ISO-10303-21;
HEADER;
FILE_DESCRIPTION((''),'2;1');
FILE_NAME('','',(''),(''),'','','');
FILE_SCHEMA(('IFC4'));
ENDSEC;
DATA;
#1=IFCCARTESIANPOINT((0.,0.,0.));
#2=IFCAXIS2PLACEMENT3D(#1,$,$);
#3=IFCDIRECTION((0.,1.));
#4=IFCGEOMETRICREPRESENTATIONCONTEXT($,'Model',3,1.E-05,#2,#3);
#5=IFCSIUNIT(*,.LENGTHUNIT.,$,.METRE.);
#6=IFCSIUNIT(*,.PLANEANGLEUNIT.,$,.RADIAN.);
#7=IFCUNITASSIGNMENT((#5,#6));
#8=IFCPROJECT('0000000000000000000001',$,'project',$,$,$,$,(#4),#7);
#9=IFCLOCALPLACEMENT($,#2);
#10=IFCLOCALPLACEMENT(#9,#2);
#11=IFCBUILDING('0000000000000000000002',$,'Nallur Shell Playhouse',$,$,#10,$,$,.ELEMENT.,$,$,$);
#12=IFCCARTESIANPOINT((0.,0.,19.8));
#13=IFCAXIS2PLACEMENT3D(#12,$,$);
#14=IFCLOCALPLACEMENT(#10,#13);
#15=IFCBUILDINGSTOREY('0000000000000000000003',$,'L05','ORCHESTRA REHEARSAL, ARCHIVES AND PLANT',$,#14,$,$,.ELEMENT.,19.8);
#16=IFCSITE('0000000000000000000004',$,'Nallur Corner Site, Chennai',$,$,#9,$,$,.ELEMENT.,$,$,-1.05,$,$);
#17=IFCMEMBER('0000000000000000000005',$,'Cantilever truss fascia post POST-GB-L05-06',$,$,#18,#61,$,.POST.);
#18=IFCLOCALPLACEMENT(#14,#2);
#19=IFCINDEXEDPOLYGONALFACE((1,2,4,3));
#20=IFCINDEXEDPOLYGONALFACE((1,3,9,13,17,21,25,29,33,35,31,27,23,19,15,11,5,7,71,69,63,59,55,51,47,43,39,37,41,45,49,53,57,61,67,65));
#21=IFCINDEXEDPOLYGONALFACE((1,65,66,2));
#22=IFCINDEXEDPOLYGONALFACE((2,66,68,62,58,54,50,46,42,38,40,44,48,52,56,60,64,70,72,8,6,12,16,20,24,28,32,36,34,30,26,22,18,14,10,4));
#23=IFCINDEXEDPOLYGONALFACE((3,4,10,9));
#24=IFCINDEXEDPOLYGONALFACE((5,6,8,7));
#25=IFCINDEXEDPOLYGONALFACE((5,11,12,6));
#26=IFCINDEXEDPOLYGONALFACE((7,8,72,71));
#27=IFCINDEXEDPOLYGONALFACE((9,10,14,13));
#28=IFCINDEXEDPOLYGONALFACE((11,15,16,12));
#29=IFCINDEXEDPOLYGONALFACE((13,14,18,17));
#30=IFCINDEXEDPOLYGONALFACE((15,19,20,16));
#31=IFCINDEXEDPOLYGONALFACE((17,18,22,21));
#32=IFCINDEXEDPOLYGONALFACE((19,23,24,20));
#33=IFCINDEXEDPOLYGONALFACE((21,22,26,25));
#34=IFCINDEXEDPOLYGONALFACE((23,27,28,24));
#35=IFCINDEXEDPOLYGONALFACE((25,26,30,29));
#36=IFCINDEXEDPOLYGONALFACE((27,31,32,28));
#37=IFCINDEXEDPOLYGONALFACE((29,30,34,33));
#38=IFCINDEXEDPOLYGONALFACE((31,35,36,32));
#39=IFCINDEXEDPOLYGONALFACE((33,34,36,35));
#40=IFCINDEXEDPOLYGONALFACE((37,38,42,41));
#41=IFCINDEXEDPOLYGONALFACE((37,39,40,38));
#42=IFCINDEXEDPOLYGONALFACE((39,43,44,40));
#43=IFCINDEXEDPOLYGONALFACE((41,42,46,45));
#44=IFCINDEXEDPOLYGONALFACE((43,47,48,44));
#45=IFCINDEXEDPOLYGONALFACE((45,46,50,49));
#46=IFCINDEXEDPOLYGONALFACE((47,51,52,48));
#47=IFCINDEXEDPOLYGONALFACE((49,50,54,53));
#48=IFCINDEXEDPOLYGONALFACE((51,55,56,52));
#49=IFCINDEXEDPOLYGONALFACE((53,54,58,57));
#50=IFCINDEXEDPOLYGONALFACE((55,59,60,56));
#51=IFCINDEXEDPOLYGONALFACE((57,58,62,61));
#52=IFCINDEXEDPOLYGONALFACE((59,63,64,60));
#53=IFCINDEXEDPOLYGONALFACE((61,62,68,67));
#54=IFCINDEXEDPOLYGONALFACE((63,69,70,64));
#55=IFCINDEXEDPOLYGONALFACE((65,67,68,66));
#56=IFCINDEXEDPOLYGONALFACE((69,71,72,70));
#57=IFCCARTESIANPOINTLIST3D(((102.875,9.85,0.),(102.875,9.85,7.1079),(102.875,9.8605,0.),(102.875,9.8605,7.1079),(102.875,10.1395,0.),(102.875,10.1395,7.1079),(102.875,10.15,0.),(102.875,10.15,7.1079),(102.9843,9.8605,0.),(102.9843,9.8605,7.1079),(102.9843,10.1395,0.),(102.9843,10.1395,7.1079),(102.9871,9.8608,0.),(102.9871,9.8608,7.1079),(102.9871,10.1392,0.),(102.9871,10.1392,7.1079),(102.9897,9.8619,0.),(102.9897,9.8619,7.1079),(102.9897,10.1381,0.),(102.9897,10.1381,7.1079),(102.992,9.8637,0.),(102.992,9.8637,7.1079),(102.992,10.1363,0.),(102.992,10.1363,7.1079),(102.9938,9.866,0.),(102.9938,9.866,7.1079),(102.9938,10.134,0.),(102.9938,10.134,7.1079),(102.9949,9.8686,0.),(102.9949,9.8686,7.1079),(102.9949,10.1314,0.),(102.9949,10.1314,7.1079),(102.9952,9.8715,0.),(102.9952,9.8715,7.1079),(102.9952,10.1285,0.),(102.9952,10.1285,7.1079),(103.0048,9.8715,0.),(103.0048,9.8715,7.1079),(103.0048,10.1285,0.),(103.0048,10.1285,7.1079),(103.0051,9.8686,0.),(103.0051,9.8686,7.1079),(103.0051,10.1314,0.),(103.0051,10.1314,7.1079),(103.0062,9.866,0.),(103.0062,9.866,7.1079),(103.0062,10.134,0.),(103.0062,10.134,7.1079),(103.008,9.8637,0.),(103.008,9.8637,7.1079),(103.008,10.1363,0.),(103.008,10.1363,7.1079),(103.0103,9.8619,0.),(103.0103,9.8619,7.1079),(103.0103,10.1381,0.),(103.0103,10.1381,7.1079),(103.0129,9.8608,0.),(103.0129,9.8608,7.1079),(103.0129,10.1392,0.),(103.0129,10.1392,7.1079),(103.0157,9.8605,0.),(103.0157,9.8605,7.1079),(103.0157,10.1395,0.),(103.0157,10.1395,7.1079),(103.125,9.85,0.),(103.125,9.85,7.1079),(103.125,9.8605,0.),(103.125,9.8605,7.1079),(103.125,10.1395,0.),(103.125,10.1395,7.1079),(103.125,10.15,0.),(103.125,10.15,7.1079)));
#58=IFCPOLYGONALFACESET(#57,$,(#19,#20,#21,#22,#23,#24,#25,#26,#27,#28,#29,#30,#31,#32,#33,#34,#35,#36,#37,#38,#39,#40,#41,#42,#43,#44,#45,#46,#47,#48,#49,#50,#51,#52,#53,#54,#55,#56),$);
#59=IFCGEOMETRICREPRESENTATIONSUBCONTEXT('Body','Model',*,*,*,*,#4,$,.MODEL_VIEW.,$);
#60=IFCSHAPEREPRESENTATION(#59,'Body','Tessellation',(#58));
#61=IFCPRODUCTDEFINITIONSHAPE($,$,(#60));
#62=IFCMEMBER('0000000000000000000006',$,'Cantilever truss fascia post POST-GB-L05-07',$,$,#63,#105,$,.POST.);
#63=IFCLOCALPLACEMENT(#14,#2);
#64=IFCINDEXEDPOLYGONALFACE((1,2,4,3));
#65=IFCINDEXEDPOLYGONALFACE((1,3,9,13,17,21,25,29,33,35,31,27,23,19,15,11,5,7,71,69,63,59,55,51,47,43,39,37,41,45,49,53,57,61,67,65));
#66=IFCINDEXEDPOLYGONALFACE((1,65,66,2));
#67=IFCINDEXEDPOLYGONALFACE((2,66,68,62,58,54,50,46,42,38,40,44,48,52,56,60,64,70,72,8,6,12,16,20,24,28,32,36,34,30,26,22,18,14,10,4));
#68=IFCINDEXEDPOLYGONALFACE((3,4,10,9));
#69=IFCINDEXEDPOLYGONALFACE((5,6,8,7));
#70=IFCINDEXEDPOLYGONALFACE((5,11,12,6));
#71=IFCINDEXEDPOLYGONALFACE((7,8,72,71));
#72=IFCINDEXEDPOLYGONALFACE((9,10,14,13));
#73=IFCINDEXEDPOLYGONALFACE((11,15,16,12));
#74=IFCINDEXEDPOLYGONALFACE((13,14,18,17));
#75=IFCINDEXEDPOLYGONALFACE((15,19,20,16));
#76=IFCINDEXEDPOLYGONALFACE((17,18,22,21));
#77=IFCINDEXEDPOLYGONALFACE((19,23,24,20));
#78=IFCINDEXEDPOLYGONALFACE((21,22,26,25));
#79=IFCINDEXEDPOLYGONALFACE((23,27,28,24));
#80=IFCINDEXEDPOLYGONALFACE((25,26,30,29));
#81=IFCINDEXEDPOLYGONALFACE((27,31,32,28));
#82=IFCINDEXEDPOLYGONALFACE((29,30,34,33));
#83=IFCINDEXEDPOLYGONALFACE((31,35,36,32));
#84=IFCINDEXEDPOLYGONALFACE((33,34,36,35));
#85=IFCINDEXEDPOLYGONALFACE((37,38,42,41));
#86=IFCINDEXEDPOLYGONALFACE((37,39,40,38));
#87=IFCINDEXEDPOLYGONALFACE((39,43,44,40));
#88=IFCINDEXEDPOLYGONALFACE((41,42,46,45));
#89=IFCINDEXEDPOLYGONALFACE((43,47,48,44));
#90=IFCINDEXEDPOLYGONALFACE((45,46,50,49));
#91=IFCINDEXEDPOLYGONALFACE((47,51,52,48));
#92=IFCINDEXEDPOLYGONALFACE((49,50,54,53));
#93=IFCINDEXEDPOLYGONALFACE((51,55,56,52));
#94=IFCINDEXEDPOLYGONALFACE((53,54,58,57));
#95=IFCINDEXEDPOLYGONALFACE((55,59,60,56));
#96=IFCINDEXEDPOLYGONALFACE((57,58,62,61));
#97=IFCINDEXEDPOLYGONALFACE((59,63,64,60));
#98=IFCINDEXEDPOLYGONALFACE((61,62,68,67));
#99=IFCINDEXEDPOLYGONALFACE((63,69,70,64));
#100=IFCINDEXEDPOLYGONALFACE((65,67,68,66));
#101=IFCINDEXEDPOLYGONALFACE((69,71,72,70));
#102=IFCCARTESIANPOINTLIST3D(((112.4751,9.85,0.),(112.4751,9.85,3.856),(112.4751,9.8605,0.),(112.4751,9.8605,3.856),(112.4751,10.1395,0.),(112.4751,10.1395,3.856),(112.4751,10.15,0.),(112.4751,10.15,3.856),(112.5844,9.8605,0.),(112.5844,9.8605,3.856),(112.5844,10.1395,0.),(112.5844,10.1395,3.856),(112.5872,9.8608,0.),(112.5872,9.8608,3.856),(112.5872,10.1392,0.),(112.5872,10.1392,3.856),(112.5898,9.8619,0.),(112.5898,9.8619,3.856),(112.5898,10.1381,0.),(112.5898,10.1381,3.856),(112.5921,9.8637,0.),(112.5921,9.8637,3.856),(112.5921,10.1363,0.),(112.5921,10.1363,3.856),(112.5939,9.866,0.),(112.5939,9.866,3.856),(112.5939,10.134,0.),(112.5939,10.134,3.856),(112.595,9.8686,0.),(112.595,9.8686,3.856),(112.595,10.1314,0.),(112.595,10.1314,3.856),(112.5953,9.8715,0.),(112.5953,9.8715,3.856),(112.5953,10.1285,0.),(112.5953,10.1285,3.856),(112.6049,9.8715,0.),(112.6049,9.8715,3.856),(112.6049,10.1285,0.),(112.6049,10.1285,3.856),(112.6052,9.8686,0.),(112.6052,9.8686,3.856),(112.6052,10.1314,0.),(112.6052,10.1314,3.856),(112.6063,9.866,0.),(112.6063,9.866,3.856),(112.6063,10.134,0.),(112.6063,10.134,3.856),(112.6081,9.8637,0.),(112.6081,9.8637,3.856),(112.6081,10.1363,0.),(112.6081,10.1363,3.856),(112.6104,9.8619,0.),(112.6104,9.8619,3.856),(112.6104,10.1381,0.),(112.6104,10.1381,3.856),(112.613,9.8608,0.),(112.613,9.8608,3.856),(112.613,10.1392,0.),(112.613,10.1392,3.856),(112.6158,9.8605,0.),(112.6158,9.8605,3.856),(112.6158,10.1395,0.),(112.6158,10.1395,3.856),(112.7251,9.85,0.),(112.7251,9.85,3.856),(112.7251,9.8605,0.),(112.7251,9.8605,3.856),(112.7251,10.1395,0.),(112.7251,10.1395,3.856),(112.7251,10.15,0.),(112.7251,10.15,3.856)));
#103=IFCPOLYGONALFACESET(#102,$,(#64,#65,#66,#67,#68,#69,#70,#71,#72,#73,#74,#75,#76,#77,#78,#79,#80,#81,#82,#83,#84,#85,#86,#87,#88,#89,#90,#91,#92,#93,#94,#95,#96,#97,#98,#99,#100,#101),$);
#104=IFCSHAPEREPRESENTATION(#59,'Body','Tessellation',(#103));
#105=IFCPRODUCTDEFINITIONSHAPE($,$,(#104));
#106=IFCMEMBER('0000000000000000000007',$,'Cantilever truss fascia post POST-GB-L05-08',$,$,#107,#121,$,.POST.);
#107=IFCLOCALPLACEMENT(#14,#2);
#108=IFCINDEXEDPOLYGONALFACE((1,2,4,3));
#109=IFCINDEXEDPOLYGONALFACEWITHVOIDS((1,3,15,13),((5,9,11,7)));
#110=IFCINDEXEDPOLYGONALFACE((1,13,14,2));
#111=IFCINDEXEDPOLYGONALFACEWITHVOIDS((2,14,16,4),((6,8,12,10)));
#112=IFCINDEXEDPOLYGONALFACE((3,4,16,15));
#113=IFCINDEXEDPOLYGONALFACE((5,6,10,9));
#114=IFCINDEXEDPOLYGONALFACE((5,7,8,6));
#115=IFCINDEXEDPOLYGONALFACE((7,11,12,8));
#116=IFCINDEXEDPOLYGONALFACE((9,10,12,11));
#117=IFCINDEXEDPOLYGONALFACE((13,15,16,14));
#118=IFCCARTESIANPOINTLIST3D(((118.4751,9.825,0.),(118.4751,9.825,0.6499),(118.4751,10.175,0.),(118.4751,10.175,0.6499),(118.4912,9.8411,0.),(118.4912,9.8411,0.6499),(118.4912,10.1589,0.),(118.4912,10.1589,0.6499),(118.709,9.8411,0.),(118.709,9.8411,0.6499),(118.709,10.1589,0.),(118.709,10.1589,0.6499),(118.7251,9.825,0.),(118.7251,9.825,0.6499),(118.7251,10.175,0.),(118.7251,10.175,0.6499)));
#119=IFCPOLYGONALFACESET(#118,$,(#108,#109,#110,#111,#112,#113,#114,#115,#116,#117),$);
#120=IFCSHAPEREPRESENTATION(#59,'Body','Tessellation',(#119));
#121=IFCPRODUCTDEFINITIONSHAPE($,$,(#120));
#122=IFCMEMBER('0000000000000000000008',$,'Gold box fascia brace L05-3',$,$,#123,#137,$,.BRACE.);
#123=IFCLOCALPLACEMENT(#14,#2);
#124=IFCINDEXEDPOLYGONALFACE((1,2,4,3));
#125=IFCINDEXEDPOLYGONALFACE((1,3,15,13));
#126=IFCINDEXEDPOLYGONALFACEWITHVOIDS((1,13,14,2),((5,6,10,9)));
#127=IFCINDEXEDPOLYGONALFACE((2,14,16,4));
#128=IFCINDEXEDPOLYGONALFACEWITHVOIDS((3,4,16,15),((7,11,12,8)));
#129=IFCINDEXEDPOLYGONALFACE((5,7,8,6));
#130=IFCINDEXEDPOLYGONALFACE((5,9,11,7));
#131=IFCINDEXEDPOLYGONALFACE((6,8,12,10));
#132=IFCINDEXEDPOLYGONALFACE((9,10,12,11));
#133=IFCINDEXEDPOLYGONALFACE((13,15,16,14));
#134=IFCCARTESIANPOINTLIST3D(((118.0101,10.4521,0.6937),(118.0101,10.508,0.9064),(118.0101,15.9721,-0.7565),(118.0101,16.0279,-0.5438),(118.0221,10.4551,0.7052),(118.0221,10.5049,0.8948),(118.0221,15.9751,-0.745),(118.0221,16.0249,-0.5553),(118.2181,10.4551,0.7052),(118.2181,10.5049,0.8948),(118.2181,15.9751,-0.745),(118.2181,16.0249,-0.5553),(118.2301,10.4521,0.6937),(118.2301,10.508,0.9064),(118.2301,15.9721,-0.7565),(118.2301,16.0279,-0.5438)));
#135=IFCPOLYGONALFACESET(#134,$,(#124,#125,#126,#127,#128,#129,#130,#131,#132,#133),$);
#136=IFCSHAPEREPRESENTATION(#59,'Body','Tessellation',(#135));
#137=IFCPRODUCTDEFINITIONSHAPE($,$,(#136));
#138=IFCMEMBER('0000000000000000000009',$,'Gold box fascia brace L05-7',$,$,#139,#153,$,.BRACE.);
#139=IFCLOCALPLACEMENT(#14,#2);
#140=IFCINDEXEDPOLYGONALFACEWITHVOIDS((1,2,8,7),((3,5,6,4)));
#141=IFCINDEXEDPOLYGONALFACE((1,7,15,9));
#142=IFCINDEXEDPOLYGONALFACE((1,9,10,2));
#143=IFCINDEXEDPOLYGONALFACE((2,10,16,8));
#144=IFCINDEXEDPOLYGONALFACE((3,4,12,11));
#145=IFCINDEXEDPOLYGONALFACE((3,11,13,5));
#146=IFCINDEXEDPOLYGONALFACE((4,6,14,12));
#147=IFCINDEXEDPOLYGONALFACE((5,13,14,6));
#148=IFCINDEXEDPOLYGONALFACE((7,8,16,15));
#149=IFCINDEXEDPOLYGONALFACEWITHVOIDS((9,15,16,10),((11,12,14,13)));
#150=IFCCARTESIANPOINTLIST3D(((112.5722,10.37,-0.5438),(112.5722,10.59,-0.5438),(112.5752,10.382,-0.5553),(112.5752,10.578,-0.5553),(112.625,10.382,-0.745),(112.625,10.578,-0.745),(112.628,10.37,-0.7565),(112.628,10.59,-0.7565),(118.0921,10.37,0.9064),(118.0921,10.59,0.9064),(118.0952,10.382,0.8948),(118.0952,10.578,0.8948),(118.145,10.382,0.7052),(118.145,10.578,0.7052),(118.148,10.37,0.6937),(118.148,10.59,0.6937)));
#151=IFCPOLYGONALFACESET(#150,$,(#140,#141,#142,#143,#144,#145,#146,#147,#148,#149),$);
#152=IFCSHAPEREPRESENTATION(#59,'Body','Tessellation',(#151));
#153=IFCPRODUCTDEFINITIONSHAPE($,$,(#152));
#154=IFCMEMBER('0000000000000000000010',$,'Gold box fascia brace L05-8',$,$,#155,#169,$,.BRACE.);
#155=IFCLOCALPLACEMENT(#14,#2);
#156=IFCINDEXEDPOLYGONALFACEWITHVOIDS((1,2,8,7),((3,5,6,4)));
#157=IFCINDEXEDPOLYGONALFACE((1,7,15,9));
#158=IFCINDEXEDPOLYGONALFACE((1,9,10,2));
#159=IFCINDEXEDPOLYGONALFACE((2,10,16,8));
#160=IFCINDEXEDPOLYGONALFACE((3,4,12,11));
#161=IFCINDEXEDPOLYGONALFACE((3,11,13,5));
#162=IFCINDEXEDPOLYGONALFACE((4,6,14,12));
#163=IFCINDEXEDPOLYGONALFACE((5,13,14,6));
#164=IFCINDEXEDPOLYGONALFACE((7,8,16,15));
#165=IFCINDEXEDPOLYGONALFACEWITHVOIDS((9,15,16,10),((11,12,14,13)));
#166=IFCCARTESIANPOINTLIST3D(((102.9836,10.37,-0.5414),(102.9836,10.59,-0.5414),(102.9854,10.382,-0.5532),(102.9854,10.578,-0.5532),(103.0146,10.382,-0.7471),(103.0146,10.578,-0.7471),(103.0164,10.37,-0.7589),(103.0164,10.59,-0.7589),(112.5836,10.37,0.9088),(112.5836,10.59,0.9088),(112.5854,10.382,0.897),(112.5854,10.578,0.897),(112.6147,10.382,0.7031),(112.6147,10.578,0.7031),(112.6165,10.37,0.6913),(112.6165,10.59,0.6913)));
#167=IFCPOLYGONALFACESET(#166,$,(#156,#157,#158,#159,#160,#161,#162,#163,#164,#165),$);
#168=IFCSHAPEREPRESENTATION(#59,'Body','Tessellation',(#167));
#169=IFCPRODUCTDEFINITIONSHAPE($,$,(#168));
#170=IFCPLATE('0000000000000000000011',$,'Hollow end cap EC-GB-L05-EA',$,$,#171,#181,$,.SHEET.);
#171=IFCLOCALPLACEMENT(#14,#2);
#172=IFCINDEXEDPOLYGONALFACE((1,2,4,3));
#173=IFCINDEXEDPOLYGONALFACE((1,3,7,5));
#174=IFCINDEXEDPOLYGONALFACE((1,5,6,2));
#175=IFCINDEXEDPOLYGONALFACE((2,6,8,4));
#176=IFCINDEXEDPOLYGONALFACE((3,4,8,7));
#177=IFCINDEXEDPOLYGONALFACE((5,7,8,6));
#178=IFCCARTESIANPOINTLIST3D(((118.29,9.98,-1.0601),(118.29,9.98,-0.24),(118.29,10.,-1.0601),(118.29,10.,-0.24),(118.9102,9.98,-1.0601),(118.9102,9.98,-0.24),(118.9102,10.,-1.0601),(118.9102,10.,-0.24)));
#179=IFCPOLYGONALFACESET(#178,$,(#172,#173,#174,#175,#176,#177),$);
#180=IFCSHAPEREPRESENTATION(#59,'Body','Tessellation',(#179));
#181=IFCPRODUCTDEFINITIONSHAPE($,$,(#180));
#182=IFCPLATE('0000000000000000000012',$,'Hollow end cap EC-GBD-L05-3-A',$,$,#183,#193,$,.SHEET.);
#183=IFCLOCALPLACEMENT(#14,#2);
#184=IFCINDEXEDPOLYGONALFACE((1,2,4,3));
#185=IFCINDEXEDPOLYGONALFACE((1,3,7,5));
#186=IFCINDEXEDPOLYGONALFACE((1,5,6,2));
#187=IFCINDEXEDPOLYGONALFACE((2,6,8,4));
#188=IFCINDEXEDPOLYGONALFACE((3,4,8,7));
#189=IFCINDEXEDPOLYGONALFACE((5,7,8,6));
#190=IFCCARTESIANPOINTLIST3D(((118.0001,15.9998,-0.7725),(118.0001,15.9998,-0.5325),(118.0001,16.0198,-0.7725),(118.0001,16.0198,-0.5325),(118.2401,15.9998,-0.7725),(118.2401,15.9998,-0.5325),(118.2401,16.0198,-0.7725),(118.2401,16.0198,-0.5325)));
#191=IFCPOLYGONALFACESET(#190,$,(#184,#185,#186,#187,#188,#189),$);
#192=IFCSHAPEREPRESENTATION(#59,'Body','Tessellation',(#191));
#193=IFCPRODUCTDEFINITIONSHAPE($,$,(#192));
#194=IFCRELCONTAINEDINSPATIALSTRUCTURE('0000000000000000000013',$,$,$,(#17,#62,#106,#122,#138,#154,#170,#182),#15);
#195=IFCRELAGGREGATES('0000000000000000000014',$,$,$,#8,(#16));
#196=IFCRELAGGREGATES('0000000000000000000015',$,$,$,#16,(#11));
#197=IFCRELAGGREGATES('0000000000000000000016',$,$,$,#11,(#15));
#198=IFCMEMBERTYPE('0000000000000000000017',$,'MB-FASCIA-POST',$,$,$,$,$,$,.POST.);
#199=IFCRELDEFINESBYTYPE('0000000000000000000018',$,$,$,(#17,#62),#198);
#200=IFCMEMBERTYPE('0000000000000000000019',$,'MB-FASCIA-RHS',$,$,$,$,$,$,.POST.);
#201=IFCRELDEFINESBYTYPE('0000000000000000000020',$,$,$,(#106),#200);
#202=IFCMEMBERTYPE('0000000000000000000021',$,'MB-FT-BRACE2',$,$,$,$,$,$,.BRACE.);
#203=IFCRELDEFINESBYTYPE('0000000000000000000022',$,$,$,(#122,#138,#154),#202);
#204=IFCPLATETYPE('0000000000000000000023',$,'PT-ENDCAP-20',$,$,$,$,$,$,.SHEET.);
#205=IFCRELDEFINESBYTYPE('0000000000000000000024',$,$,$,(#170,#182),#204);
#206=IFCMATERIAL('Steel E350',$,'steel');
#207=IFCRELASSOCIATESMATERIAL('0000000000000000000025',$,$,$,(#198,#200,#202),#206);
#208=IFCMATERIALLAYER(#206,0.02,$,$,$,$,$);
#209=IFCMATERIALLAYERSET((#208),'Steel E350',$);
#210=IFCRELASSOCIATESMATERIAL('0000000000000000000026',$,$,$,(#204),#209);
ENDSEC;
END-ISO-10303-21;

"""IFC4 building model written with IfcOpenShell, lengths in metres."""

from ifc_helpers import new_model, si_unit, direction, frame, origin, origin_2d, place, context, subcontext, project, spatial, rectangle, hollow_rectangle, i_section, extrude, material, layer, layer_set, material_profile, profile_set, type_object, element, save


model = new_model("IFC4")

# Units and contexts
model_context = context("Model", 3, precision=1e-05, world=origin(), true_north=direction((0.0, 1.0)))
body_context = subcontext(model_context, "Body", "Model", "MODEL_VIEW")
ifc_project = project(units=[si_unit("LENGTHUNIT", "METRE"), si_unit("PLANEANGLEUNIT", "RADIAN")], contexts=[model_context])

# Site, building, storey
site_placement = place(None, origin())
site = spatial("IfcSite", under=ifc_project, at=site_placement, Name="Nallur Corner Site, Chennai", CompositionType="ELEMENT", RefElevation=-1.05)
building_placement = place(site_placement, origin())
building = spatial("IfcBuilding", under=site, at=building_placement, Name="Nallur Shell Playhouse", CompositionType="ELEMENT")
storey_placement = place(building_placement, frame((0.0, 0.0, 19.8)))
storey = spatial("IfcBuildingStorey", under=building, at=storey_placement, Name="L05", Description="ORCHESTRA REHEARSAL, ARCHIVES AND PLANT", CompositionType="ELEMENT", Elevation=19.8)

# Shared definitions
ifc_material_1 = material(Name="Steel E350", Category="steel")

# Members
ifc_material_profile_1 = material_profile(ifc_material_1, i_section(OverallWidth=0.25, OverallDepth=0.3, WebThickness=0.0095, FlangeThickness=0.0105, FilletRadius=0.011, at=origin_2d()), Name="ISHB 300")
ifc_profile_set_1 = profile_set([ifc_material_profile_1], Name="Steel E350")
member_type_1 = type_object("IfcMemberType", Name="MB-FASCIA-POST", PredefinedType="POST", material=ifc_profile_set_1)
member_1_placement = place(storey_placement, frame((103.0, 10.0, 0.0), z_axis=(0.0, 0.0, 1.0), x_axis=(1.0, 0.0, 0.0)))
element("IfcMember", 1, at=member_1_placement, inside=storey, type_object=member_type_1, Name="Cantilever truss fascia post POST-GB-L05-06", PredefinedType="POST", context=body_context, shape_type="SweptSolid", body=[
    extrude(i_section(OverallWidth=0.25, OverallDepth=0.3, WebThickness=0.0095, FlangeThickness=0.0105, FilletRadius=0.011, at=origin_2d()), origin(), (0.0, 0.0, 1.0), 7.1079),
])
member_2_placement = place(storey_placement, frame((112.6001, 10.0, 0.0), z_axis=(0.0, 0.0, 1.0), x_axis=(1.0, 0.0, 0.0)))
element("IfcMember", 2, at=member_2_placement, inside=storey, type_object=member_type_1, Name="Cantilever truss fascia post POST-GB-L05-07", PredefinedType="POST", context=body_context, shape_type="SweptSolid", body=[
    extrude(i_section(OverallWidth=0.25, OverallDepth=0.3, WebThickness=0.0095, FlangeThickness=0.0105, FilletRadius=0.011, at=origin_2d()), origin(), (0.0, 0.0, 1.0), 3.856),
])
ifc_material_profile_2 = material_profile(ifc_material_1, hollow_rectangle(XDim=0.25, YDim=0.3501, WallThickness=0.0161, at=origin_2d()), Name="RHS 350x250x16")
ifc_profile_set_2 = profile_set([ifc_material_profile_2], Name="Steel E350")
member_type_2 = type_object("IfcMemberType", Name="MB-FASCIA-RHS", PredefinedType="POST", material=ifc_profile_set_2)
member_3_placement = place(storey_placement, frame((118.6001, 10.0, 0.0), z_axis=(0.0, 0.0, 1.0), x_axis=(1.0, 0.0, 0.0)))
element("IfcMember", 3, at=member_3_placement, inside=storey, type_object=member_type_2, Name="Cantilever truss fascia post POST-GB-L05-08", PredefinedType="POST", context=body_context, shape_type="SweptSolid", body=[
    extrude(hollow_rectangle(XDim=0.25, YDim=0.3501, WallThickness=0.0161, at=origin_2d()), origin(), (0.0, 0.0, 1.0), 0.6499),
])
ifc_material_profile_3 = material_profile(ifc_material_1, hollow_rectangle(XDim=0.22, YDim=0.22, WallThickness=0.012, at=origin_2d()), Name="SHS 220x220x12")
ifc_profile_set_3 = profile_set([ifc_material_profile_3], Name="Steel E350")
member_type_3 = type_object("IfcMemberType", Name="MB-FT-BRACE2", PredefinedType="BRACE", material=ifc_profile_set_3)
for number, where, z_axis, x_axis, name in (
    (4, (118.1201, 16.0, -0.6501), (0.0, -0.96718, 0.254093), (1.0, 0.0, 0.0), "Gold box fascia brace L05-3"),
    (5, (112.6001, 10.48, -0.6501), (0.96718, 0.0, 0.254093), (0.0, 1.0, 0.0), "Gold box fascia brace L05-7"),
):
    element("IfcMember", number, at=place(storey_placement, frame(where, z_axis=z_axis, x_axis=x_axis)), inside=storey, type_object=member_type_3, Name=name, PredefinedType="BRACE", context=body_context, shape_type="SweptSolid", body=[
        extrude(hollow_rectangle(XDim=0.22, YDim=0.22, WallThickness=0.012, at=origin_2d()), origin(), (0.0, 0.0, 1.0), 5.7073),
    ])
member_4_placement = place(storey_placement, frame((103.0, 10.48, -0.6501), z_axis=(0.988782, 0.0, 0.149366), x_axis=(0.0, 1.0, 0.0)))
element("IfcMember", 6, at=member_4_placement, inside=storey, type_object=member_type_3, Name="Gold box fascia brace L05-8", PredefinedType="BRACE", context=body_context, shape_type="SweptSolid", body=[
    extrude(hollow_rectangle(XDim=0.22, YDim=0.22, WallThickness=0.012, at=origin_2d()), origin(), (0.0, 0.0, 1.0), 9.709),
])

# Plates
ifc_layer_1 = layer(ifc_material_1, 0.02)
ifc_layer_set_1 = layer_set([ifc_layer_1], Name="Steel E350")
plate_type = type_object("IfcPlateType", Name="PT-ENDCAP-20", PredefinedType="SHEET", material=ifc_layer_set_1)
plate_placement = place(storey_placement, frame((118.6001, 9.99, -1.0601), z_axis=(0.0, 0.0, 1.0), x_axis=(1.0, 0.0, 0.0)))
element("IfcPlate", 7, at=plate_placement, inside=storey, type_object=plate_type, Name="Hollow end cap EC-GB-L05-EA", PredefinedType="SHEET", context=body_context, shape_type="SweptSolid", body=[
    extrude(rectangle(XDim=0.6201, YDim=0.02, at=origin_2d()), origin(), (0.0, 0.0, 1.0), 0.8201),
])
for number, where, z_axis, x_axis, name in (
    (8, (118.1201, 16.0098, -0.7725), (0.0, 0.0, 1.0), (1.0, 0.0, 0.0), "Hollow end cap EC-GBD-L05-3-A"),
):
    element("IfcPlate", number, at=place(storey_placement, frame(where, z_axis=z_axis, x_axis=x_axis)), inside=storey, type_object=plate_type, Name=name, PredefinedType="SHEET", context=body_context, shape_type="SweptSolid", body=[
        extrude(rectangle(XDim=0.24, YDim=0.02, at=origin_2d()), origin(), (0.0, 0.0, 1.0), 0.24),
    ])

save(model, "model.ifc")
